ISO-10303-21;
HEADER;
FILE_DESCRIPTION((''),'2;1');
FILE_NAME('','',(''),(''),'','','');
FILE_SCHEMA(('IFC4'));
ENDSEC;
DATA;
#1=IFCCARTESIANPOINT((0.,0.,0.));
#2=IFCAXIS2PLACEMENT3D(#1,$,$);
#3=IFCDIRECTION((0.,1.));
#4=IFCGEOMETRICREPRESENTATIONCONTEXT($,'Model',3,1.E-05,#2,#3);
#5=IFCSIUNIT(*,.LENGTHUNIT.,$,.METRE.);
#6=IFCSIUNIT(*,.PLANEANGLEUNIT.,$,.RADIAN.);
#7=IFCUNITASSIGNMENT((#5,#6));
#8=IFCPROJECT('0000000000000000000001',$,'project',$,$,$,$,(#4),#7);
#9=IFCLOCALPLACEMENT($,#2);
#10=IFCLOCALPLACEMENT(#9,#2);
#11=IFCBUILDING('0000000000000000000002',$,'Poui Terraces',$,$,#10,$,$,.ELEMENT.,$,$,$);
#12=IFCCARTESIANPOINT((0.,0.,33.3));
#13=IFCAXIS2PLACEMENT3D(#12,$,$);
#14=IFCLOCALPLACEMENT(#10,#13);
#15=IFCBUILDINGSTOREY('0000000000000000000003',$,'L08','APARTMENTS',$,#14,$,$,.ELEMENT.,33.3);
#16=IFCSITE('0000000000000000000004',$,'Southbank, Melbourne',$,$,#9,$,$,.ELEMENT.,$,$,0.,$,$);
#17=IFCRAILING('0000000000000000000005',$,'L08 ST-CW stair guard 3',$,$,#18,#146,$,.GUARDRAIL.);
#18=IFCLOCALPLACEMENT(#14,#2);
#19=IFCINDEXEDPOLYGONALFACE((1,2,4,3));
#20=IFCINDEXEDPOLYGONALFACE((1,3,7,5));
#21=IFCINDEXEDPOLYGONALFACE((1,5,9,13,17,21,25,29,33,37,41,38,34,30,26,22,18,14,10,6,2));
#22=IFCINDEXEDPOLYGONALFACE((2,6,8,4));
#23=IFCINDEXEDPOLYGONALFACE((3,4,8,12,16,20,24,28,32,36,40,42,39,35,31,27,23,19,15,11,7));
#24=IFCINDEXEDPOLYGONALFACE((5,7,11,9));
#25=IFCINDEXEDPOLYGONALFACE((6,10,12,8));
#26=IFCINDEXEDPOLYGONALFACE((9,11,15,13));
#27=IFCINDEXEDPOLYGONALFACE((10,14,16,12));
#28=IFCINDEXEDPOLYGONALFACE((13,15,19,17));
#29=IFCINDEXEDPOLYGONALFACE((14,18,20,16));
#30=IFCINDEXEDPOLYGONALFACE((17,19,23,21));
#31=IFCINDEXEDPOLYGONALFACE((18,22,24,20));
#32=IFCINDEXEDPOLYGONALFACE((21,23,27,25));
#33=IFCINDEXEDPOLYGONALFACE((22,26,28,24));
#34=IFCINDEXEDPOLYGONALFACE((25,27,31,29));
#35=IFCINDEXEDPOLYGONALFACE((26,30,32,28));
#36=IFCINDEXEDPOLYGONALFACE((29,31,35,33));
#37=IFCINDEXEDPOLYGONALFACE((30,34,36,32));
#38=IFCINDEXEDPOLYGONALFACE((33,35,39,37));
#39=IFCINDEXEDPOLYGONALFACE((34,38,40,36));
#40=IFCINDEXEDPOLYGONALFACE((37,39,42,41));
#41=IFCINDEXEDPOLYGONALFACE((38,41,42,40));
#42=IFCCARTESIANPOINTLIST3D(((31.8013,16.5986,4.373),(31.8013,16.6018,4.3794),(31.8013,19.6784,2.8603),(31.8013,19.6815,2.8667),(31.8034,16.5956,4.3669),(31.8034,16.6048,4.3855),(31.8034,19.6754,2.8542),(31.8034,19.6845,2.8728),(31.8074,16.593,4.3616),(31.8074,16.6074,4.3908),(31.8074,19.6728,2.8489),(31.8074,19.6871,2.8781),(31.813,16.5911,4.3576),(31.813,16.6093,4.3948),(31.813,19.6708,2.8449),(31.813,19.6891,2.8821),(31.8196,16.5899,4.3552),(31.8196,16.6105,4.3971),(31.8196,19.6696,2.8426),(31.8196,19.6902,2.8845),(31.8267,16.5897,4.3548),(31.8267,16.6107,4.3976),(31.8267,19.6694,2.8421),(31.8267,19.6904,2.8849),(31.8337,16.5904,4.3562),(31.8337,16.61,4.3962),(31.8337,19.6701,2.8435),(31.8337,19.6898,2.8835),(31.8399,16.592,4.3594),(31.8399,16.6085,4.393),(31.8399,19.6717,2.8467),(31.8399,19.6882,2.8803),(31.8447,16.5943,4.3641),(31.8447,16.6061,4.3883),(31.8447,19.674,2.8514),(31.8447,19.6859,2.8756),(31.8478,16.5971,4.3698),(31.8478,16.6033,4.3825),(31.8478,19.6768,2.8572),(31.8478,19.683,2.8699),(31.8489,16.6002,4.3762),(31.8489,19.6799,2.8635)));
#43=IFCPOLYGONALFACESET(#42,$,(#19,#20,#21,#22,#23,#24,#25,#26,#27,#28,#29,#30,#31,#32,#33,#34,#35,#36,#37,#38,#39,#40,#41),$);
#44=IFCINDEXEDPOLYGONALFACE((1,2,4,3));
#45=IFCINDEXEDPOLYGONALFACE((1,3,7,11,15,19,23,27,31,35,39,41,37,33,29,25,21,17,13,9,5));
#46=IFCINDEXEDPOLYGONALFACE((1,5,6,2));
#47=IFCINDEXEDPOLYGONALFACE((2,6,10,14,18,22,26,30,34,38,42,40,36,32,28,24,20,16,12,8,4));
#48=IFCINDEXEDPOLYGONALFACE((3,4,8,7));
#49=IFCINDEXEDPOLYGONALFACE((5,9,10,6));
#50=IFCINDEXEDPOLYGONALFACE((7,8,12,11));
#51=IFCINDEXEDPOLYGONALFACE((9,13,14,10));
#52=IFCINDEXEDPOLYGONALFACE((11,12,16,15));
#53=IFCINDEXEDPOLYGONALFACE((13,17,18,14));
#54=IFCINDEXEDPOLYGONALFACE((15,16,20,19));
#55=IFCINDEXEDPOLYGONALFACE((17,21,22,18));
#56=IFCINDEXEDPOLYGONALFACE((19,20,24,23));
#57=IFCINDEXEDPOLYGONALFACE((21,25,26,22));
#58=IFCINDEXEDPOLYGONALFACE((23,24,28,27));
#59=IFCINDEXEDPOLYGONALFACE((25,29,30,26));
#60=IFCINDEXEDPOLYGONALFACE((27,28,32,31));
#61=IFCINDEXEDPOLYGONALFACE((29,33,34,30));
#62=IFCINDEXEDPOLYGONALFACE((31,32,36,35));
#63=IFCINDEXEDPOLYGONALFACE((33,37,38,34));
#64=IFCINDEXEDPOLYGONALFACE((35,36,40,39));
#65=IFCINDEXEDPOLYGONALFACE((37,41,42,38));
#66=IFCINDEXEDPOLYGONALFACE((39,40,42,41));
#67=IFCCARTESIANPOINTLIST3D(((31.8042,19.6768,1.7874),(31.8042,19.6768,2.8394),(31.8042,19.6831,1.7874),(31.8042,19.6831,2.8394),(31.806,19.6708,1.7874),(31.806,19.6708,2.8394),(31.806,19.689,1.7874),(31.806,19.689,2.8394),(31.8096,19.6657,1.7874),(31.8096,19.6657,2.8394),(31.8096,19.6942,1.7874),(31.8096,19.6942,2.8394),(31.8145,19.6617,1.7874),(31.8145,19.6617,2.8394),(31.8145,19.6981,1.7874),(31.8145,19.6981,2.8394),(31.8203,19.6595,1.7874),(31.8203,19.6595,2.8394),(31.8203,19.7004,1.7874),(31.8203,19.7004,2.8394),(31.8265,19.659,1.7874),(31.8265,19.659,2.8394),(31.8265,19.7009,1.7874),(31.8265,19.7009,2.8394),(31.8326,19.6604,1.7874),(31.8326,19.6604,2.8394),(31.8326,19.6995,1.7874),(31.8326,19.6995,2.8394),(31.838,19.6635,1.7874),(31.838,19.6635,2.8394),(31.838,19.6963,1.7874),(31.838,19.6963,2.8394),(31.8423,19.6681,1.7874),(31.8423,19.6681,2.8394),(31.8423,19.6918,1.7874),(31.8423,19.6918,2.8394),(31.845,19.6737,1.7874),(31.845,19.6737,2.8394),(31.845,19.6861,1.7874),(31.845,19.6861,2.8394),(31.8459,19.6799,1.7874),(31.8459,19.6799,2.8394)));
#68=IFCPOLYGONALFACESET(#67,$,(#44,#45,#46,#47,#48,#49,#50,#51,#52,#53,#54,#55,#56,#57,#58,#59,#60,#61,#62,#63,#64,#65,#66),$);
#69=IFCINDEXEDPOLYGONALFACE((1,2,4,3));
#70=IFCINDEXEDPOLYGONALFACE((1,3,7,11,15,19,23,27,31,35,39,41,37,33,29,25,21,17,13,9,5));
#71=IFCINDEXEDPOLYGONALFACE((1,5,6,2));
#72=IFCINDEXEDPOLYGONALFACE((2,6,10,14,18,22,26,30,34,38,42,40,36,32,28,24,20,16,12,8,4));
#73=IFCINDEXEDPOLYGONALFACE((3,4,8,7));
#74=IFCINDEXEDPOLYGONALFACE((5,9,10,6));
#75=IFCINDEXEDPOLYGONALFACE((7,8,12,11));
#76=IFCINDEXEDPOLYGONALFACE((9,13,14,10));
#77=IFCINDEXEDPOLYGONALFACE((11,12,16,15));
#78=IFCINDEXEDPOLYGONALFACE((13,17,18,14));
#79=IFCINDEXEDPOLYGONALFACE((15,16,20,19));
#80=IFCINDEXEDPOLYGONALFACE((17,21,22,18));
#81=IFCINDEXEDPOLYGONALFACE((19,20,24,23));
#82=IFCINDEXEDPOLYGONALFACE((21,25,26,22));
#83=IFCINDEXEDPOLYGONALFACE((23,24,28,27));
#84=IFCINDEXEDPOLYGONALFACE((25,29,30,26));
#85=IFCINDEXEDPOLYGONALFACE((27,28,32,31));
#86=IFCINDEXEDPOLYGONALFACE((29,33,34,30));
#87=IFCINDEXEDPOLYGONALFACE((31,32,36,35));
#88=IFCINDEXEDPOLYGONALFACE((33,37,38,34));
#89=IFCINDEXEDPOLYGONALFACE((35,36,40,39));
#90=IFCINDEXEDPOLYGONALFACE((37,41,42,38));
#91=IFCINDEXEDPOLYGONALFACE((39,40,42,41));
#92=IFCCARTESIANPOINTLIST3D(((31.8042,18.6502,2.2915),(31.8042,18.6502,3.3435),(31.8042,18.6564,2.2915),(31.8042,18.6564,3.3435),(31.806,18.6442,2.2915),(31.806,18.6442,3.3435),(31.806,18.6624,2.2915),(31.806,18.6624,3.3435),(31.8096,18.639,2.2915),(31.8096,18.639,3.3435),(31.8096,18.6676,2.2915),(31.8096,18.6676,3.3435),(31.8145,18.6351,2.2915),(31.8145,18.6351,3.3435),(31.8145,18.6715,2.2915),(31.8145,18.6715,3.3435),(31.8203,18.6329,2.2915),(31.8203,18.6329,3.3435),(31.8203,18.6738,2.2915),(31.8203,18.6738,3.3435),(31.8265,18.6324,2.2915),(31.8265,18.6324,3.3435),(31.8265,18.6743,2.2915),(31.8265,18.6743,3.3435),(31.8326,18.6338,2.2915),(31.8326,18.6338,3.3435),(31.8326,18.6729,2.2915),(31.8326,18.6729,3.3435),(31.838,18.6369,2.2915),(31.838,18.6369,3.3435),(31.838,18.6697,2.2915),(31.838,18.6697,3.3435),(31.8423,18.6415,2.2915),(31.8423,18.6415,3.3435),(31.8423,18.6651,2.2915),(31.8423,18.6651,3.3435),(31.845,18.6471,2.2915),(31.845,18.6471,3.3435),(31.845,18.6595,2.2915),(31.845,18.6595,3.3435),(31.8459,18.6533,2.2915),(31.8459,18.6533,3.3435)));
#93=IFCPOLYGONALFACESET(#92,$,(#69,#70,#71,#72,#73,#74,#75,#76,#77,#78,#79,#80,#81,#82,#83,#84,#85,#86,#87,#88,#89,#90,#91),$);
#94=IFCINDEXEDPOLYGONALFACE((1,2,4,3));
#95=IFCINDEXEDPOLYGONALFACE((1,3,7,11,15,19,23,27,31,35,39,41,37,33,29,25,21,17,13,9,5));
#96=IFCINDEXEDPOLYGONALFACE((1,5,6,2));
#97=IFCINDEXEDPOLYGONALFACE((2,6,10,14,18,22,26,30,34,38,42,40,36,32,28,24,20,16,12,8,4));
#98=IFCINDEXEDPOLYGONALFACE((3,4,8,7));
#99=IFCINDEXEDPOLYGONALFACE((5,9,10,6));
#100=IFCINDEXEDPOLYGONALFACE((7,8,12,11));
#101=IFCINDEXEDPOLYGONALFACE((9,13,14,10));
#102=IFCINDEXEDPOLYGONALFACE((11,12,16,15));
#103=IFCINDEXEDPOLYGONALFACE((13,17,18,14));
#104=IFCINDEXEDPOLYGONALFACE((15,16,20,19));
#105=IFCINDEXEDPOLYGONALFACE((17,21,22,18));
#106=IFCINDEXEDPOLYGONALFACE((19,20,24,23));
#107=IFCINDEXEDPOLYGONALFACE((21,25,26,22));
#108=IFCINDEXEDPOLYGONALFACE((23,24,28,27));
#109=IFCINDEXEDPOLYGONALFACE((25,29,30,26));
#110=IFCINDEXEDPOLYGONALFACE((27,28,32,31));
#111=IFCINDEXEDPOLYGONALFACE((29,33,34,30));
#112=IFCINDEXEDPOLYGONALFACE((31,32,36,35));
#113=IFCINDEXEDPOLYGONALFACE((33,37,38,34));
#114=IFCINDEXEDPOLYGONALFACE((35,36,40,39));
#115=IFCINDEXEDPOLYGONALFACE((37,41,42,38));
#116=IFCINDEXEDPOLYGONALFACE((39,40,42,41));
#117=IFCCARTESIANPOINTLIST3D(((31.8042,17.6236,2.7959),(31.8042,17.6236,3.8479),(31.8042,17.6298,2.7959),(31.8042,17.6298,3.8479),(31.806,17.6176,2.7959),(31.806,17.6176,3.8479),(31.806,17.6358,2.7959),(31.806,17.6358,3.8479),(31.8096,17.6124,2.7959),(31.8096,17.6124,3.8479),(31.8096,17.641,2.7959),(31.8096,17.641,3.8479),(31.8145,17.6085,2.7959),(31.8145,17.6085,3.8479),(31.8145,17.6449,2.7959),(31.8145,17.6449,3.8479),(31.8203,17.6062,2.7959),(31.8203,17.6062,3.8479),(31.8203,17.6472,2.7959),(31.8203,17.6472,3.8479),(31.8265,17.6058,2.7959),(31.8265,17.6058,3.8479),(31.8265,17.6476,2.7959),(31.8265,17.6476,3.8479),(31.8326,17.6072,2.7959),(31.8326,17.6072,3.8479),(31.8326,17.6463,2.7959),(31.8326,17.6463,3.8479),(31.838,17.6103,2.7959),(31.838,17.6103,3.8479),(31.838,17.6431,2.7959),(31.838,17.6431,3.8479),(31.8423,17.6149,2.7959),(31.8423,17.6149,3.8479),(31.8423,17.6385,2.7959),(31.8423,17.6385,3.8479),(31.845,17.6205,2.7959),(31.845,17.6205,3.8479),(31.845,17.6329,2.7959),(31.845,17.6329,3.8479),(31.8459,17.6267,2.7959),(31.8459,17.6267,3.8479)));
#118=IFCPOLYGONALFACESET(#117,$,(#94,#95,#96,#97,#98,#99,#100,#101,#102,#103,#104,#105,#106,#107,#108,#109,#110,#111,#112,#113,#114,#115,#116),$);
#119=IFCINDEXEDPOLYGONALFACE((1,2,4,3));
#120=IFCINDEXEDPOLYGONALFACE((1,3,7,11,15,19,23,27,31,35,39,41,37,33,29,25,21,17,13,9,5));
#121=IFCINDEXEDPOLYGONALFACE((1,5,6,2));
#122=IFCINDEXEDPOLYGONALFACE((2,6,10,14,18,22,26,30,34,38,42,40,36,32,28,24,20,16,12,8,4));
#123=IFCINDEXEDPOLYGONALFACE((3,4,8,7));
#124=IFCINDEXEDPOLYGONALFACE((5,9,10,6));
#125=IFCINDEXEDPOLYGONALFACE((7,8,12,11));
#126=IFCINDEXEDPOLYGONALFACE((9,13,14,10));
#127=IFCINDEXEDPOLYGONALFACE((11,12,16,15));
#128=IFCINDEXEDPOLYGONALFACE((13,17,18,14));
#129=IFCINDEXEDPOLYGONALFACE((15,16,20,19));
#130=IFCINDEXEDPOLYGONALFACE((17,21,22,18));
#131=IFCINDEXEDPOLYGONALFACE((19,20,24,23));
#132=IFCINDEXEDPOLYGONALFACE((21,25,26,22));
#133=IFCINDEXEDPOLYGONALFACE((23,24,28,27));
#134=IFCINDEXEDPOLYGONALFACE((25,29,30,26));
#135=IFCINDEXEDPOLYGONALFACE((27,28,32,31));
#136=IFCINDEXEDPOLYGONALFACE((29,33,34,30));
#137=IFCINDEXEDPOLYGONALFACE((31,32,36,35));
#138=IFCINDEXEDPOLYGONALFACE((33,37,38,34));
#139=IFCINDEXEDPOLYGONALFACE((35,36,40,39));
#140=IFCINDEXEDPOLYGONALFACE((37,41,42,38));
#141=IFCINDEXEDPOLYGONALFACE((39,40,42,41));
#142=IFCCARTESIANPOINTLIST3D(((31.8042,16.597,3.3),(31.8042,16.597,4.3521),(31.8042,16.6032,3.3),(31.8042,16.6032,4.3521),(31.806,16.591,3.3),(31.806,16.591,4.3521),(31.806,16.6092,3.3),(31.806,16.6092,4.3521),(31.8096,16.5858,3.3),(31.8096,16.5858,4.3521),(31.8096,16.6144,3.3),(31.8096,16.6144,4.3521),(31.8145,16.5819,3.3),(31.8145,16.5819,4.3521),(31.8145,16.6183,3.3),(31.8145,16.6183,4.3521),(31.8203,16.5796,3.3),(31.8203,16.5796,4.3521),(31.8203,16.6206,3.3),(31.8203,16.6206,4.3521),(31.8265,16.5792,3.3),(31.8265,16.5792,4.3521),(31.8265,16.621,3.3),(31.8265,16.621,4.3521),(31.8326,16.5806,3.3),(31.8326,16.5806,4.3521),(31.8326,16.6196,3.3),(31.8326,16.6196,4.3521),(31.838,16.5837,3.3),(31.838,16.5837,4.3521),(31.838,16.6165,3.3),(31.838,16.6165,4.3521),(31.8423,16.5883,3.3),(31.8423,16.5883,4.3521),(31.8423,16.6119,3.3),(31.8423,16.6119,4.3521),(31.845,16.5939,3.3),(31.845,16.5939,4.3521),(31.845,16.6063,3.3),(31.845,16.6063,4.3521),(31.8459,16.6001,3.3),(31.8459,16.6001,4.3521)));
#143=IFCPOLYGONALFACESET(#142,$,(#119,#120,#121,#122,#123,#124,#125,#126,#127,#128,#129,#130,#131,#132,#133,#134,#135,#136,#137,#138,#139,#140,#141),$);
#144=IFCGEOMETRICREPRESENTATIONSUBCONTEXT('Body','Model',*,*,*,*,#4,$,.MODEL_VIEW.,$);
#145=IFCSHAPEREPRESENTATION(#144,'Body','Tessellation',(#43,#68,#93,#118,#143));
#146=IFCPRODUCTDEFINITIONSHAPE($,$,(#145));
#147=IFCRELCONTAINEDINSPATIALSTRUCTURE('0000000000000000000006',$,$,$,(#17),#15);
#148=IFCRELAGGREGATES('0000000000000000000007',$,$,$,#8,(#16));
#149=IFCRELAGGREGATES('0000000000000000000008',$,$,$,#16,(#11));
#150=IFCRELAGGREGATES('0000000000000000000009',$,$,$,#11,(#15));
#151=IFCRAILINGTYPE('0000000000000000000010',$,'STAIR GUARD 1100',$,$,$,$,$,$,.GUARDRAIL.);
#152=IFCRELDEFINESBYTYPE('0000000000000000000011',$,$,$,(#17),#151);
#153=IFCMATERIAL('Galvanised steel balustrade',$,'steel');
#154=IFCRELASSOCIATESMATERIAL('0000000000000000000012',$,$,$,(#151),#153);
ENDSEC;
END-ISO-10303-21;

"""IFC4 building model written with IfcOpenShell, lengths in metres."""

from ifc_helpers import new_model, si_unit, direction, frame, origin, origin_2d, place, context, subcontext, project, spatial, circle, extrude, material, type_object, element, save


model = new_model("IFC4")

# Units and contexts
model_context = context("Model", 3, precision=1e-05, world=origin(), true_north=direction((0.0, 1.0)))
body_context = subcontext(model_context, "Body", "Model", "MODEL_VIEW")
ifc_project = project(units=[si_unit("LENGTHUNIT", "METRE"), si_unit("PLANEANGLEUNIT", "RADIAN")], contexts=[model_context])

# Site, building, storey
site_placement = place(None, origin())
site = spatial("IfcSite", under=ifc_project, at=site_placement, Name="Southbank, Melbourne", CompositionType="ELEMENT", RefElevation=0.0)
building_placement = place(site_placement, origin())
building = spatial("IfcBuilding", under=site, at=building_placement, Name="Poui Terraces", CompositionType="ELEMENT")
storey_placement = place(building_placement, frame((0.0, 0.0, 33.3)))
storey = spatial("IfcBuildingStorey", under=building, at=storey_placement, Name="L08", Description="APARTMENTS", CompositionType="ELEMENT", Elevation=33.3)

# Railing
ifc_material_1 = material(Name="Galvanised steel balustrade", Category="steel")
railing_type_1 = type_object("IfcRailingType", Name="STAIR GUARD 1100", PredefinedType="GUARDRAIL", material=ifc_material_1)
railing_1_placement = place(storey_placement, frame((31.825, 19.6799, 1.7874)))
element("IfcRailing", 1, at=railing_1_placement, inside=storey, type_object=railing_type_1, Name="L08 ST-CW stair guard 3", PredefinedType="GUARDRAIL", context=body_context, shape_type="SweptSolid", body=[
    extrude(circle(Radius=0.0239, at=origin_2d()), frame((0.0, 0.0, 1.0762), z_axis=(0.0, -0.897578, 0.440856), x_axis=(1.0, 0.0, 0.0)), (0.0, 0.0, 1.0), 3.4312),
    extrude(circle(Radius=0.021, at=origin_2d()), origin(), (0.0, 0.0, 1.0), 1.052),
    extrude(circle(Radius=0.021, at=origin_2d()), frame((0.0, -1.0266, 0.5042)), (0.0, 0.0, 1.0), 1.052),
    extrude(circle(Radius=0.021, at=origin_2d()), frame((0.0, -2.0532, 1.0085)), (0.0, 0.0, 1.0), 1.052),
    extrude(circle(Radius=0.021, at=origin_2d()), frame((0.0, -3.0798, 1.5127)), (0.0, 0.0, 1.0), 1.052),
])

save(model, "model.ifc")
